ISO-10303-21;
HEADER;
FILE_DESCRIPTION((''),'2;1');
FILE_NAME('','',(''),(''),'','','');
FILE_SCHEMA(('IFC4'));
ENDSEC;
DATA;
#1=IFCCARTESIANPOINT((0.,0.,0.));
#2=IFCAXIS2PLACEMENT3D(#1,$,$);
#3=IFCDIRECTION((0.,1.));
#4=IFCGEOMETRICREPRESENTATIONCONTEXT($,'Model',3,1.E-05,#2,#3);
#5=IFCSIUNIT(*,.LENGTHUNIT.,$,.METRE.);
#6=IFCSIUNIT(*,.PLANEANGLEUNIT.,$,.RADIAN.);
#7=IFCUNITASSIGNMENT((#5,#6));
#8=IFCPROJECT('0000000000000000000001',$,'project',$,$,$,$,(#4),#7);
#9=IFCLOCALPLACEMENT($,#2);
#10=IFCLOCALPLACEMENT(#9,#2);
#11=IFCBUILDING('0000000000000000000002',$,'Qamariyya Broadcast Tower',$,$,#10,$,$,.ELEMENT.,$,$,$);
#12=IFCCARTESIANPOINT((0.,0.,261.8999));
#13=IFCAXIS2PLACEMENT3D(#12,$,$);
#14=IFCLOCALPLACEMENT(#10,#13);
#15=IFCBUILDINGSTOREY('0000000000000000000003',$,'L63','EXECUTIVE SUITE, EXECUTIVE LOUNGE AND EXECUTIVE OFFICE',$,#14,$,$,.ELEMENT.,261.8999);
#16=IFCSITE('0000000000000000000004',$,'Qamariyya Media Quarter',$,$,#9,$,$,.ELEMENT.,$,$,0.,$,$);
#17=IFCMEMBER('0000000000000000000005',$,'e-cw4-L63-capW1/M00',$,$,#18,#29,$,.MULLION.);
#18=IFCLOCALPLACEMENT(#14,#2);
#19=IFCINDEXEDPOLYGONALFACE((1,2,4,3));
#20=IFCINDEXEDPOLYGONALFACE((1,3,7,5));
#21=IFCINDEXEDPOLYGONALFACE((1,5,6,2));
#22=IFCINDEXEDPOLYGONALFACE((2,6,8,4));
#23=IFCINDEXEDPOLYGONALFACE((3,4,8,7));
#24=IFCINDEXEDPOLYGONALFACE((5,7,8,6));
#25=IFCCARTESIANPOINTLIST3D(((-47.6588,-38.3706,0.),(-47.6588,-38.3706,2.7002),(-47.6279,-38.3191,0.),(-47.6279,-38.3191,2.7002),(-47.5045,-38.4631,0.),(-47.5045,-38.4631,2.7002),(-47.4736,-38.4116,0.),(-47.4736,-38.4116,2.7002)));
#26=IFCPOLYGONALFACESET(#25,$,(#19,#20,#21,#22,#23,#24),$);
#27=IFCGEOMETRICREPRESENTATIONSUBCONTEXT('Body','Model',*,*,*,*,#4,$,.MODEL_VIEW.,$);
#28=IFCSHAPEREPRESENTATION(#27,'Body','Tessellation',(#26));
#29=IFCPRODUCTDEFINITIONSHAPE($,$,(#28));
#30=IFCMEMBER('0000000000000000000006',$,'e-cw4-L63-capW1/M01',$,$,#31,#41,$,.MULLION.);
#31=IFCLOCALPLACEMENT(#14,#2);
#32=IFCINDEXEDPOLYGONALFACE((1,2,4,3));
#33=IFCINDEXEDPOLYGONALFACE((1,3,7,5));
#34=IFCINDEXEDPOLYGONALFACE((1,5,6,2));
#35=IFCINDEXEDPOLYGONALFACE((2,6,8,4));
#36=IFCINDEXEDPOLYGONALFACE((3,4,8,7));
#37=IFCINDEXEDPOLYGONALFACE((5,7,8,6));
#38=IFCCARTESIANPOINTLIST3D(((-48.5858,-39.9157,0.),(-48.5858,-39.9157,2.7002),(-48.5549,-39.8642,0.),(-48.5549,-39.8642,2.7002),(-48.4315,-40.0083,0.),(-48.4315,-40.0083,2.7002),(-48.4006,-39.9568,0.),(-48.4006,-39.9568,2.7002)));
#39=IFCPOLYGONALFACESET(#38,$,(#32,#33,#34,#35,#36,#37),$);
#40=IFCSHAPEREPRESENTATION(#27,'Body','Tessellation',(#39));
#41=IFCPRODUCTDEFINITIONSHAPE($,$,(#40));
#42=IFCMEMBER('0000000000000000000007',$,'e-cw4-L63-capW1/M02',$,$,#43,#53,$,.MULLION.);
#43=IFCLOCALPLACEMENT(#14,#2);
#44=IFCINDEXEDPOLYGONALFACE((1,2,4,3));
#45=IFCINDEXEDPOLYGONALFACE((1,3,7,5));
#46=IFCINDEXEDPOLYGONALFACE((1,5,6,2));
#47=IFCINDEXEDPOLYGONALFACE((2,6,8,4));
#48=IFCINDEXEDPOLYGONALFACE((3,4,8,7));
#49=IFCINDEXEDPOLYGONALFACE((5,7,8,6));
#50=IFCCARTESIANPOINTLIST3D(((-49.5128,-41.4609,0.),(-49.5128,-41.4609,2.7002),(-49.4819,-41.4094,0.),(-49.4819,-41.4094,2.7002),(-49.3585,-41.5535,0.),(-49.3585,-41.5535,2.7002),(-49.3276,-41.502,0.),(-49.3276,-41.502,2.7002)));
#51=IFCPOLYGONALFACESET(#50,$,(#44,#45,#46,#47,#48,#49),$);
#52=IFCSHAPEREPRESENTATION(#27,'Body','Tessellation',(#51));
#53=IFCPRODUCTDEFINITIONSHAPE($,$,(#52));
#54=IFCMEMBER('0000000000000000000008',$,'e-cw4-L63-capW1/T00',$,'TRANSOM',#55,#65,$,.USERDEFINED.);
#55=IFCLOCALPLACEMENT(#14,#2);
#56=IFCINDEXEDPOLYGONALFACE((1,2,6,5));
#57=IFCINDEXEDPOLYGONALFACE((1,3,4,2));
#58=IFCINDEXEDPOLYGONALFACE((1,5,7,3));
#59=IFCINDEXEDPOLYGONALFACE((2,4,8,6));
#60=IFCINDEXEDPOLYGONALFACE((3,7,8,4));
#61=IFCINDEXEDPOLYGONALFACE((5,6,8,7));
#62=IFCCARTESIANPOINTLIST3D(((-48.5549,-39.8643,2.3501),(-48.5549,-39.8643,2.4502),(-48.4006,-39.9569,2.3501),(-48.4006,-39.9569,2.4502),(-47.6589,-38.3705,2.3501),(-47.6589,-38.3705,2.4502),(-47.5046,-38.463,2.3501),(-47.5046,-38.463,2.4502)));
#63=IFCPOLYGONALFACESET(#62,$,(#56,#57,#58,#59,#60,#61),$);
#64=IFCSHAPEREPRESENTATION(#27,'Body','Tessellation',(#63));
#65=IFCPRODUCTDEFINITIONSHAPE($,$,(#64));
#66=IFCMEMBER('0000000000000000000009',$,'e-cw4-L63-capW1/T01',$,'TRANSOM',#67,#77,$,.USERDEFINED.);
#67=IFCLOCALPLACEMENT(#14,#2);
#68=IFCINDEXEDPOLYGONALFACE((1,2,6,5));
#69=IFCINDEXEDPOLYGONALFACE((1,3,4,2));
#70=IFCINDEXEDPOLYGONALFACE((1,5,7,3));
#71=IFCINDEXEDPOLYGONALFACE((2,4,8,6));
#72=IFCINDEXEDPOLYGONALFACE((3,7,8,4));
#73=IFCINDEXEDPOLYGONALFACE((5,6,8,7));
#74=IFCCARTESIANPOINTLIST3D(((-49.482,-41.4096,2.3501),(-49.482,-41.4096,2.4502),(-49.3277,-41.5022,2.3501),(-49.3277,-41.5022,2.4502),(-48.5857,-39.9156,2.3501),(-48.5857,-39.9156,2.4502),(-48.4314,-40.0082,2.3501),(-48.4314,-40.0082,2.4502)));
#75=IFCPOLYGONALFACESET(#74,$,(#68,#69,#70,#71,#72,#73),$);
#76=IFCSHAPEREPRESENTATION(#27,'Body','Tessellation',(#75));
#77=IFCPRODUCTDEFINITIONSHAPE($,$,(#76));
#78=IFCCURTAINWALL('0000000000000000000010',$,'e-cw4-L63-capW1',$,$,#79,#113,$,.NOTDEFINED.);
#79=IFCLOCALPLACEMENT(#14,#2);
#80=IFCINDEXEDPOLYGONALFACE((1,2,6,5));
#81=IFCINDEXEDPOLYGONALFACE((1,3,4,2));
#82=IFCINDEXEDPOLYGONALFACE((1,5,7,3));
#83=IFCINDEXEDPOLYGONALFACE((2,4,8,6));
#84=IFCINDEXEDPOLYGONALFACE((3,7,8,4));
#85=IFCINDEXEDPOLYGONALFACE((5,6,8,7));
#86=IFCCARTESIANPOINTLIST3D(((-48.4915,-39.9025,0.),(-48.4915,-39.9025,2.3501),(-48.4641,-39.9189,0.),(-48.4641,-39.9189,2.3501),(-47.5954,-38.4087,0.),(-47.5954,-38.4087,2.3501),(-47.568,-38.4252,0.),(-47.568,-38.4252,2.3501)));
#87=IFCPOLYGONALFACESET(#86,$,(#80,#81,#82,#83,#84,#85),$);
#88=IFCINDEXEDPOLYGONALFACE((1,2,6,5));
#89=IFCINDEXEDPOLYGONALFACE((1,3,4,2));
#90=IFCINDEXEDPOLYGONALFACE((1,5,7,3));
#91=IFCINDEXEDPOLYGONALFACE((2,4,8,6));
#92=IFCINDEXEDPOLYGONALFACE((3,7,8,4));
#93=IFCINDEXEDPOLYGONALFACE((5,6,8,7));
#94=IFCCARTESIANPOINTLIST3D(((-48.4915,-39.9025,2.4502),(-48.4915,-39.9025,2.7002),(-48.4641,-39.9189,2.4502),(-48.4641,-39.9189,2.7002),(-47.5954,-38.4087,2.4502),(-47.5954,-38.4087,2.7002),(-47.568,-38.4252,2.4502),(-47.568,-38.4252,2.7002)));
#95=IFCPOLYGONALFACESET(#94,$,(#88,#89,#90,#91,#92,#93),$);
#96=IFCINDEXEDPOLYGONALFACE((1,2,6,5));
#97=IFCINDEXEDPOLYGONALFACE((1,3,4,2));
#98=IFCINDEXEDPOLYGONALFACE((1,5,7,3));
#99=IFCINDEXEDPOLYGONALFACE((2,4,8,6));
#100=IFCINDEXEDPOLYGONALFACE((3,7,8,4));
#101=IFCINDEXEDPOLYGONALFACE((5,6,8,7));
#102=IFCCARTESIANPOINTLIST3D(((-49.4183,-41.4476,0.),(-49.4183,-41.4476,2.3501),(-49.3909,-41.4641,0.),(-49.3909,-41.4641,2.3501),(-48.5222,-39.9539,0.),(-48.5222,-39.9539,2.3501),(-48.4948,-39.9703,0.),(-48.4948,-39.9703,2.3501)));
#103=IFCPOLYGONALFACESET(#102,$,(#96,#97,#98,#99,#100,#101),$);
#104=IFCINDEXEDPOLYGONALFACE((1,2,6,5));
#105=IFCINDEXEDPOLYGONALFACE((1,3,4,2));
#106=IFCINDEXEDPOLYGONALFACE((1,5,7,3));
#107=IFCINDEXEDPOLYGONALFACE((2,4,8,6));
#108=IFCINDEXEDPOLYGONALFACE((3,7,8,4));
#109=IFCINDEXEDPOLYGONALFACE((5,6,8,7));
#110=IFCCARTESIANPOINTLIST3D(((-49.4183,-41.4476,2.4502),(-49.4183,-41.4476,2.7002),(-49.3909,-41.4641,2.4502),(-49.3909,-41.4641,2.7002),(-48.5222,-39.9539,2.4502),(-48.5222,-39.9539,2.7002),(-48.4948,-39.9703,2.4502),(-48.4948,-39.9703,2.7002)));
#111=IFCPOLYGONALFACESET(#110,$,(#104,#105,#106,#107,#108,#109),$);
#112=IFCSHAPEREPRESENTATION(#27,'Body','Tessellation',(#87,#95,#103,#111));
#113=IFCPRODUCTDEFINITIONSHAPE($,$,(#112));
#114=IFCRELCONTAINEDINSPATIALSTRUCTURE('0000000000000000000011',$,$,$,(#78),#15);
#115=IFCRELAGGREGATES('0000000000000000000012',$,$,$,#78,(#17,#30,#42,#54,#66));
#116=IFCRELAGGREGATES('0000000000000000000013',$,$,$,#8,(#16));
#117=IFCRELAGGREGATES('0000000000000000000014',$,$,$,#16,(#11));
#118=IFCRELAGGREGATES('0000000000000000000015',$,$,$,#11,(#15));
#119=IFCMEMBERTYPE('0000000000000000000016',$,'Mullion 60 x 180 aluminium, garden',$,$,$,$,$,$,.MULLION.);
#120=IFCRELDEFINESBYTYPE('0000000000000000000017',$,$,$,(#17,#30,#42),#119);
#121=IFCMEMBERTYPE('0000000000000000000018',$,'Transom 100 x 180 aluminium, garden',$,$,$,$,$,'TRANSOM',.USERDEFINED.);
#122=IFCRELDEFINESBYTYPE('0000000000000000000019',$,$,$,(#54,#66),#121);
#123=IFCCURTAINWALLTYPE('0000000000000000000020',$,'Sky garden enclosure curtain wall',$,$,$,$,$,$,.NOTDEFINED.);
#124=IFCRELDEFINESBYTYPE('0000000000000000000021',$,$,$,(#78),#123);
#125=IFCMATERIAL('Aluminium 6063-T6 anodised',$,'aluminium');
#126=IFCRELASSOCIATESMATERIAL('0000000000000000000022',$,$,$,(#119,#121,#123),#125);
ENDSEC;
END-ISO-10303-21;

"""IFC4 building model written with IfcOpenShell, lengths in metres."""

from ifc_helpers import new_model, si_unit, direction, frame, origin, origin_2d, place, context, subcontext, project, spatial, rectangle, extrude, material, material_profile, profile_set, type_object, element, aggregate, save


model = new_model("IFC4")

# Units and contexts
model_context = context("Model", 3, precision=1e-05, world=origin(), true_north=direction((0.0, 1.0)))
body_context = subcontext(model_context, "Body", "Model", "MODEL_VIEW")
ifc_project = project(units=[si_unit("LENGTHUNIT", "METRE"), si_unit("PLANEANGLEUNIT", "RADIAN")], contexts=[model_context])

# Members
ifc_material = material(Name="Aluminium 6063-T6 anodised", Category="aluminium")
ifc_material_profile_1 = material_profile(ifc_material, rectangle(XDim=0.1799, YDim=0.0601, at=origin_2d()))
ifc_profile_set_1 = profile_set([ifc_material_profile_1], Name="Aluminium 6063-T6 anodised")
member_type_1 = type_object("IfcMemberType", Name="Mullion 60 x 180 aluminium, garden", PredefinedType="MULLION", material=ifc_profile_set_1)
site_placement = place(None, origin())
building_placement = place(site_placement, origin())
storey_placement = place(building_placement, frame((0.0, 0.0, 261.8999)))
member_1_placement = place(storey_placement, frame((-47.5662, -38.3911, 0.0), z_axis=(0.0, 0.0, 1.0), x_axis=(0.857535, -0.514425, 0.0)))
member_1 = element("IfcMember", 1, at=member_1_placement, type_object=member_type_1, Name="e-cw4-L63-capW1/M00", PredefinedType="MULLION", context=body_context, shape_type="SweptSolid", body=[
    extrude(rectangle(XDim=0.1799, YDim=0.0601, at=origin_2d()), origin(), (0.0, 0.0, 1.0), 2.7002),
])
member_2_placement = place(storey_placement, frame((-48.4932, -39.9363, 0.0), z_axis=(0.0, 0.0, 1.0), x_axis=(0.857535, -0.514425, 0.0)))
member_2 = element("IfcMember", 2, at=member_2_placement, type_object=member_type_1, Name="e-cw4-L63-capW1/M01", PredefinedType="MULLION", context=body_context, shape_type="SweptSolid", body=[
    extrude(rectangle(XDim=0.1799, YDim=0.0601, at=origin_2d()), origin(), (0.0, 0.0, 1.0), 2.7002),
])
member_3_placement = place(storey_placement, frame((-49.4202, -41.4814, 0.0), z_axis=(0.0, 0.0, 1.0), x_axis=(0.857535, -0.514425, 0.0)))
member_3 = element("IfcMember", 3, at=member_3_placement, type_object=member_type_1, Name="e-cw4-L63-capW1/M02", PredefinedType="MULLION", context=body_context, shape_type="SweptSolid", body=[
    extrude(rectangle(XDim=0.1799, YDim=0.0601, at=origin_2d()), origin(), (0.0, 0.0, 1.0), 2.7002),
])
ifc_material_profile_2 = material_profile(ifc_material, rectangle(XDim=0.1799, YDim=0.1001, at=origin_2d()))
ifc_profile_set_2 = profile_set([ifc_material_profile_2], Name="Aluminium 6063-T6 anodised")
member_type_2 = type_object("IfcMemberType", Name="Transom 100 x 180 aluminium, garden", ElementType="TRANSOM", PredefinedType="USERDEFINED", material=ifc_profile_set_2)
member_4_placement = place(storey_placement, frame((-47.5818, -38.4167, 2.4001), z_axis=(-0.514351, -0.857579, 0.0), x_axis=(0.857579, -0.514351, 0.0)))
member_4 = element("IfcMember", 4, at=member_4_placement, type_object=member_type_2, Name="e-cw4-L63-capW1/T00", ObjectType="TRANSOM", PredefinedType="USERDEFINED", context=body_context, shape_type="SweptSolid", body=[
    extrude(rectangle(XDim=0.1799, YDim=0.1001, at=origin_2d()), origin(), (0.0, 0.0, 1.0), 1.7419),
])
member_5_placement = place(storey_placement, frame((-48.5085, -39.9619, 2.4001), z_axis=(-0.514455, -0.857518, 0.0), x_axis=(0.857518, -0.514455, 0.0)))
member_5 = element("IfcMember", 5, at=member_5_placement, type_object=member_type_2, Name="e-cw4-L63-capW1/T01", ObjectType="TRANSOM", PredefinedType="USERDEFINED", context=body_context, shape_type="SweptSolid", body=[
    extrude(rectangle(XDim=0.1799, YDim=0.1001, at=origin_2d()), origin(), (0.0, 0.0, 1.0), 1.7422),
])

# Site, building, storey
site = spatial("IfcSite", under=ifc_project, at=site_placement, Name="Qamariyya Media Quarter", CompositionType="ELEMENT", RefElevation=0.0)
building = spatial("IfcBuilding", under=site, at=building_placement, Name="Qamariyya Broadcast Tower", CompositionType="ELEMENT")
storey = spatial("IfcBuildingStorey", under=building, at=storey_placement, Name="L63", Description="EXECUTIVE SUITE, EXECUTIVE LOUNGE AND EXECUTIVE OFFICE", CompositionType="ELEMENT", Elevation=261.8999)

# Curtain wall
curtain_wall_type = type_object("IfcCurtainWallType", Name="Sky garden enclosure curtain wall", PredefinedType="NOTDEFINED", material=ifc_material)
curtain_wall_1_placement = place(storey_placement, origin())
curtain_wall_1 = element("IfcCurtainWall", 6, at=curtain_wall_1_placement, inside=storey, type_object=curtain_wall_type, Name="e-cw4-L63-capW1", PredefinedType="NOTDEFINED", context=body_context, shape_type="SweptSolid", body=[
    extrude(rectangle(XDim=1.7419, YDim=0.032, at=origin_2d()), frame((-48.0298, -39.1638, 0.0), x_axis=(-0.514427, -0.857534, 0.0)), (0.0, 0.0, 1.0), 2.3501),
    extrude(rectangle(XDim=1.7419, YDim=0.032, at=origin_2d()), frame((-48.0298, -39.1638, 2.4502), x_axis=(-0.514427, -0.857534, 0.0)), (0.0, 0.0, 1.0), 0.25),
    extrude(rectangle(XDim=1.7419, YDim=0.032, at=origin_2d()), frame((-48.9565, -40.709, 0.0), x_axis=(-0.514427, -0.857534, 0.0)), (0.0, 0.0, 1.0), 2.3501),
    extrude(rectangle(XDim=1.7419, YDim=0.032, at=origin_2d()), frame((-48.9565, -40.709, 2.4502), x_axis=(-0.514427, -0.857534, 0.0)), (0.0, 0.0, 1.0), 0.25),
])
aggregate(curtain_wall_1, [member_1, member_2, member_3, member_4, member_5])

save(model, "model.ifc")
